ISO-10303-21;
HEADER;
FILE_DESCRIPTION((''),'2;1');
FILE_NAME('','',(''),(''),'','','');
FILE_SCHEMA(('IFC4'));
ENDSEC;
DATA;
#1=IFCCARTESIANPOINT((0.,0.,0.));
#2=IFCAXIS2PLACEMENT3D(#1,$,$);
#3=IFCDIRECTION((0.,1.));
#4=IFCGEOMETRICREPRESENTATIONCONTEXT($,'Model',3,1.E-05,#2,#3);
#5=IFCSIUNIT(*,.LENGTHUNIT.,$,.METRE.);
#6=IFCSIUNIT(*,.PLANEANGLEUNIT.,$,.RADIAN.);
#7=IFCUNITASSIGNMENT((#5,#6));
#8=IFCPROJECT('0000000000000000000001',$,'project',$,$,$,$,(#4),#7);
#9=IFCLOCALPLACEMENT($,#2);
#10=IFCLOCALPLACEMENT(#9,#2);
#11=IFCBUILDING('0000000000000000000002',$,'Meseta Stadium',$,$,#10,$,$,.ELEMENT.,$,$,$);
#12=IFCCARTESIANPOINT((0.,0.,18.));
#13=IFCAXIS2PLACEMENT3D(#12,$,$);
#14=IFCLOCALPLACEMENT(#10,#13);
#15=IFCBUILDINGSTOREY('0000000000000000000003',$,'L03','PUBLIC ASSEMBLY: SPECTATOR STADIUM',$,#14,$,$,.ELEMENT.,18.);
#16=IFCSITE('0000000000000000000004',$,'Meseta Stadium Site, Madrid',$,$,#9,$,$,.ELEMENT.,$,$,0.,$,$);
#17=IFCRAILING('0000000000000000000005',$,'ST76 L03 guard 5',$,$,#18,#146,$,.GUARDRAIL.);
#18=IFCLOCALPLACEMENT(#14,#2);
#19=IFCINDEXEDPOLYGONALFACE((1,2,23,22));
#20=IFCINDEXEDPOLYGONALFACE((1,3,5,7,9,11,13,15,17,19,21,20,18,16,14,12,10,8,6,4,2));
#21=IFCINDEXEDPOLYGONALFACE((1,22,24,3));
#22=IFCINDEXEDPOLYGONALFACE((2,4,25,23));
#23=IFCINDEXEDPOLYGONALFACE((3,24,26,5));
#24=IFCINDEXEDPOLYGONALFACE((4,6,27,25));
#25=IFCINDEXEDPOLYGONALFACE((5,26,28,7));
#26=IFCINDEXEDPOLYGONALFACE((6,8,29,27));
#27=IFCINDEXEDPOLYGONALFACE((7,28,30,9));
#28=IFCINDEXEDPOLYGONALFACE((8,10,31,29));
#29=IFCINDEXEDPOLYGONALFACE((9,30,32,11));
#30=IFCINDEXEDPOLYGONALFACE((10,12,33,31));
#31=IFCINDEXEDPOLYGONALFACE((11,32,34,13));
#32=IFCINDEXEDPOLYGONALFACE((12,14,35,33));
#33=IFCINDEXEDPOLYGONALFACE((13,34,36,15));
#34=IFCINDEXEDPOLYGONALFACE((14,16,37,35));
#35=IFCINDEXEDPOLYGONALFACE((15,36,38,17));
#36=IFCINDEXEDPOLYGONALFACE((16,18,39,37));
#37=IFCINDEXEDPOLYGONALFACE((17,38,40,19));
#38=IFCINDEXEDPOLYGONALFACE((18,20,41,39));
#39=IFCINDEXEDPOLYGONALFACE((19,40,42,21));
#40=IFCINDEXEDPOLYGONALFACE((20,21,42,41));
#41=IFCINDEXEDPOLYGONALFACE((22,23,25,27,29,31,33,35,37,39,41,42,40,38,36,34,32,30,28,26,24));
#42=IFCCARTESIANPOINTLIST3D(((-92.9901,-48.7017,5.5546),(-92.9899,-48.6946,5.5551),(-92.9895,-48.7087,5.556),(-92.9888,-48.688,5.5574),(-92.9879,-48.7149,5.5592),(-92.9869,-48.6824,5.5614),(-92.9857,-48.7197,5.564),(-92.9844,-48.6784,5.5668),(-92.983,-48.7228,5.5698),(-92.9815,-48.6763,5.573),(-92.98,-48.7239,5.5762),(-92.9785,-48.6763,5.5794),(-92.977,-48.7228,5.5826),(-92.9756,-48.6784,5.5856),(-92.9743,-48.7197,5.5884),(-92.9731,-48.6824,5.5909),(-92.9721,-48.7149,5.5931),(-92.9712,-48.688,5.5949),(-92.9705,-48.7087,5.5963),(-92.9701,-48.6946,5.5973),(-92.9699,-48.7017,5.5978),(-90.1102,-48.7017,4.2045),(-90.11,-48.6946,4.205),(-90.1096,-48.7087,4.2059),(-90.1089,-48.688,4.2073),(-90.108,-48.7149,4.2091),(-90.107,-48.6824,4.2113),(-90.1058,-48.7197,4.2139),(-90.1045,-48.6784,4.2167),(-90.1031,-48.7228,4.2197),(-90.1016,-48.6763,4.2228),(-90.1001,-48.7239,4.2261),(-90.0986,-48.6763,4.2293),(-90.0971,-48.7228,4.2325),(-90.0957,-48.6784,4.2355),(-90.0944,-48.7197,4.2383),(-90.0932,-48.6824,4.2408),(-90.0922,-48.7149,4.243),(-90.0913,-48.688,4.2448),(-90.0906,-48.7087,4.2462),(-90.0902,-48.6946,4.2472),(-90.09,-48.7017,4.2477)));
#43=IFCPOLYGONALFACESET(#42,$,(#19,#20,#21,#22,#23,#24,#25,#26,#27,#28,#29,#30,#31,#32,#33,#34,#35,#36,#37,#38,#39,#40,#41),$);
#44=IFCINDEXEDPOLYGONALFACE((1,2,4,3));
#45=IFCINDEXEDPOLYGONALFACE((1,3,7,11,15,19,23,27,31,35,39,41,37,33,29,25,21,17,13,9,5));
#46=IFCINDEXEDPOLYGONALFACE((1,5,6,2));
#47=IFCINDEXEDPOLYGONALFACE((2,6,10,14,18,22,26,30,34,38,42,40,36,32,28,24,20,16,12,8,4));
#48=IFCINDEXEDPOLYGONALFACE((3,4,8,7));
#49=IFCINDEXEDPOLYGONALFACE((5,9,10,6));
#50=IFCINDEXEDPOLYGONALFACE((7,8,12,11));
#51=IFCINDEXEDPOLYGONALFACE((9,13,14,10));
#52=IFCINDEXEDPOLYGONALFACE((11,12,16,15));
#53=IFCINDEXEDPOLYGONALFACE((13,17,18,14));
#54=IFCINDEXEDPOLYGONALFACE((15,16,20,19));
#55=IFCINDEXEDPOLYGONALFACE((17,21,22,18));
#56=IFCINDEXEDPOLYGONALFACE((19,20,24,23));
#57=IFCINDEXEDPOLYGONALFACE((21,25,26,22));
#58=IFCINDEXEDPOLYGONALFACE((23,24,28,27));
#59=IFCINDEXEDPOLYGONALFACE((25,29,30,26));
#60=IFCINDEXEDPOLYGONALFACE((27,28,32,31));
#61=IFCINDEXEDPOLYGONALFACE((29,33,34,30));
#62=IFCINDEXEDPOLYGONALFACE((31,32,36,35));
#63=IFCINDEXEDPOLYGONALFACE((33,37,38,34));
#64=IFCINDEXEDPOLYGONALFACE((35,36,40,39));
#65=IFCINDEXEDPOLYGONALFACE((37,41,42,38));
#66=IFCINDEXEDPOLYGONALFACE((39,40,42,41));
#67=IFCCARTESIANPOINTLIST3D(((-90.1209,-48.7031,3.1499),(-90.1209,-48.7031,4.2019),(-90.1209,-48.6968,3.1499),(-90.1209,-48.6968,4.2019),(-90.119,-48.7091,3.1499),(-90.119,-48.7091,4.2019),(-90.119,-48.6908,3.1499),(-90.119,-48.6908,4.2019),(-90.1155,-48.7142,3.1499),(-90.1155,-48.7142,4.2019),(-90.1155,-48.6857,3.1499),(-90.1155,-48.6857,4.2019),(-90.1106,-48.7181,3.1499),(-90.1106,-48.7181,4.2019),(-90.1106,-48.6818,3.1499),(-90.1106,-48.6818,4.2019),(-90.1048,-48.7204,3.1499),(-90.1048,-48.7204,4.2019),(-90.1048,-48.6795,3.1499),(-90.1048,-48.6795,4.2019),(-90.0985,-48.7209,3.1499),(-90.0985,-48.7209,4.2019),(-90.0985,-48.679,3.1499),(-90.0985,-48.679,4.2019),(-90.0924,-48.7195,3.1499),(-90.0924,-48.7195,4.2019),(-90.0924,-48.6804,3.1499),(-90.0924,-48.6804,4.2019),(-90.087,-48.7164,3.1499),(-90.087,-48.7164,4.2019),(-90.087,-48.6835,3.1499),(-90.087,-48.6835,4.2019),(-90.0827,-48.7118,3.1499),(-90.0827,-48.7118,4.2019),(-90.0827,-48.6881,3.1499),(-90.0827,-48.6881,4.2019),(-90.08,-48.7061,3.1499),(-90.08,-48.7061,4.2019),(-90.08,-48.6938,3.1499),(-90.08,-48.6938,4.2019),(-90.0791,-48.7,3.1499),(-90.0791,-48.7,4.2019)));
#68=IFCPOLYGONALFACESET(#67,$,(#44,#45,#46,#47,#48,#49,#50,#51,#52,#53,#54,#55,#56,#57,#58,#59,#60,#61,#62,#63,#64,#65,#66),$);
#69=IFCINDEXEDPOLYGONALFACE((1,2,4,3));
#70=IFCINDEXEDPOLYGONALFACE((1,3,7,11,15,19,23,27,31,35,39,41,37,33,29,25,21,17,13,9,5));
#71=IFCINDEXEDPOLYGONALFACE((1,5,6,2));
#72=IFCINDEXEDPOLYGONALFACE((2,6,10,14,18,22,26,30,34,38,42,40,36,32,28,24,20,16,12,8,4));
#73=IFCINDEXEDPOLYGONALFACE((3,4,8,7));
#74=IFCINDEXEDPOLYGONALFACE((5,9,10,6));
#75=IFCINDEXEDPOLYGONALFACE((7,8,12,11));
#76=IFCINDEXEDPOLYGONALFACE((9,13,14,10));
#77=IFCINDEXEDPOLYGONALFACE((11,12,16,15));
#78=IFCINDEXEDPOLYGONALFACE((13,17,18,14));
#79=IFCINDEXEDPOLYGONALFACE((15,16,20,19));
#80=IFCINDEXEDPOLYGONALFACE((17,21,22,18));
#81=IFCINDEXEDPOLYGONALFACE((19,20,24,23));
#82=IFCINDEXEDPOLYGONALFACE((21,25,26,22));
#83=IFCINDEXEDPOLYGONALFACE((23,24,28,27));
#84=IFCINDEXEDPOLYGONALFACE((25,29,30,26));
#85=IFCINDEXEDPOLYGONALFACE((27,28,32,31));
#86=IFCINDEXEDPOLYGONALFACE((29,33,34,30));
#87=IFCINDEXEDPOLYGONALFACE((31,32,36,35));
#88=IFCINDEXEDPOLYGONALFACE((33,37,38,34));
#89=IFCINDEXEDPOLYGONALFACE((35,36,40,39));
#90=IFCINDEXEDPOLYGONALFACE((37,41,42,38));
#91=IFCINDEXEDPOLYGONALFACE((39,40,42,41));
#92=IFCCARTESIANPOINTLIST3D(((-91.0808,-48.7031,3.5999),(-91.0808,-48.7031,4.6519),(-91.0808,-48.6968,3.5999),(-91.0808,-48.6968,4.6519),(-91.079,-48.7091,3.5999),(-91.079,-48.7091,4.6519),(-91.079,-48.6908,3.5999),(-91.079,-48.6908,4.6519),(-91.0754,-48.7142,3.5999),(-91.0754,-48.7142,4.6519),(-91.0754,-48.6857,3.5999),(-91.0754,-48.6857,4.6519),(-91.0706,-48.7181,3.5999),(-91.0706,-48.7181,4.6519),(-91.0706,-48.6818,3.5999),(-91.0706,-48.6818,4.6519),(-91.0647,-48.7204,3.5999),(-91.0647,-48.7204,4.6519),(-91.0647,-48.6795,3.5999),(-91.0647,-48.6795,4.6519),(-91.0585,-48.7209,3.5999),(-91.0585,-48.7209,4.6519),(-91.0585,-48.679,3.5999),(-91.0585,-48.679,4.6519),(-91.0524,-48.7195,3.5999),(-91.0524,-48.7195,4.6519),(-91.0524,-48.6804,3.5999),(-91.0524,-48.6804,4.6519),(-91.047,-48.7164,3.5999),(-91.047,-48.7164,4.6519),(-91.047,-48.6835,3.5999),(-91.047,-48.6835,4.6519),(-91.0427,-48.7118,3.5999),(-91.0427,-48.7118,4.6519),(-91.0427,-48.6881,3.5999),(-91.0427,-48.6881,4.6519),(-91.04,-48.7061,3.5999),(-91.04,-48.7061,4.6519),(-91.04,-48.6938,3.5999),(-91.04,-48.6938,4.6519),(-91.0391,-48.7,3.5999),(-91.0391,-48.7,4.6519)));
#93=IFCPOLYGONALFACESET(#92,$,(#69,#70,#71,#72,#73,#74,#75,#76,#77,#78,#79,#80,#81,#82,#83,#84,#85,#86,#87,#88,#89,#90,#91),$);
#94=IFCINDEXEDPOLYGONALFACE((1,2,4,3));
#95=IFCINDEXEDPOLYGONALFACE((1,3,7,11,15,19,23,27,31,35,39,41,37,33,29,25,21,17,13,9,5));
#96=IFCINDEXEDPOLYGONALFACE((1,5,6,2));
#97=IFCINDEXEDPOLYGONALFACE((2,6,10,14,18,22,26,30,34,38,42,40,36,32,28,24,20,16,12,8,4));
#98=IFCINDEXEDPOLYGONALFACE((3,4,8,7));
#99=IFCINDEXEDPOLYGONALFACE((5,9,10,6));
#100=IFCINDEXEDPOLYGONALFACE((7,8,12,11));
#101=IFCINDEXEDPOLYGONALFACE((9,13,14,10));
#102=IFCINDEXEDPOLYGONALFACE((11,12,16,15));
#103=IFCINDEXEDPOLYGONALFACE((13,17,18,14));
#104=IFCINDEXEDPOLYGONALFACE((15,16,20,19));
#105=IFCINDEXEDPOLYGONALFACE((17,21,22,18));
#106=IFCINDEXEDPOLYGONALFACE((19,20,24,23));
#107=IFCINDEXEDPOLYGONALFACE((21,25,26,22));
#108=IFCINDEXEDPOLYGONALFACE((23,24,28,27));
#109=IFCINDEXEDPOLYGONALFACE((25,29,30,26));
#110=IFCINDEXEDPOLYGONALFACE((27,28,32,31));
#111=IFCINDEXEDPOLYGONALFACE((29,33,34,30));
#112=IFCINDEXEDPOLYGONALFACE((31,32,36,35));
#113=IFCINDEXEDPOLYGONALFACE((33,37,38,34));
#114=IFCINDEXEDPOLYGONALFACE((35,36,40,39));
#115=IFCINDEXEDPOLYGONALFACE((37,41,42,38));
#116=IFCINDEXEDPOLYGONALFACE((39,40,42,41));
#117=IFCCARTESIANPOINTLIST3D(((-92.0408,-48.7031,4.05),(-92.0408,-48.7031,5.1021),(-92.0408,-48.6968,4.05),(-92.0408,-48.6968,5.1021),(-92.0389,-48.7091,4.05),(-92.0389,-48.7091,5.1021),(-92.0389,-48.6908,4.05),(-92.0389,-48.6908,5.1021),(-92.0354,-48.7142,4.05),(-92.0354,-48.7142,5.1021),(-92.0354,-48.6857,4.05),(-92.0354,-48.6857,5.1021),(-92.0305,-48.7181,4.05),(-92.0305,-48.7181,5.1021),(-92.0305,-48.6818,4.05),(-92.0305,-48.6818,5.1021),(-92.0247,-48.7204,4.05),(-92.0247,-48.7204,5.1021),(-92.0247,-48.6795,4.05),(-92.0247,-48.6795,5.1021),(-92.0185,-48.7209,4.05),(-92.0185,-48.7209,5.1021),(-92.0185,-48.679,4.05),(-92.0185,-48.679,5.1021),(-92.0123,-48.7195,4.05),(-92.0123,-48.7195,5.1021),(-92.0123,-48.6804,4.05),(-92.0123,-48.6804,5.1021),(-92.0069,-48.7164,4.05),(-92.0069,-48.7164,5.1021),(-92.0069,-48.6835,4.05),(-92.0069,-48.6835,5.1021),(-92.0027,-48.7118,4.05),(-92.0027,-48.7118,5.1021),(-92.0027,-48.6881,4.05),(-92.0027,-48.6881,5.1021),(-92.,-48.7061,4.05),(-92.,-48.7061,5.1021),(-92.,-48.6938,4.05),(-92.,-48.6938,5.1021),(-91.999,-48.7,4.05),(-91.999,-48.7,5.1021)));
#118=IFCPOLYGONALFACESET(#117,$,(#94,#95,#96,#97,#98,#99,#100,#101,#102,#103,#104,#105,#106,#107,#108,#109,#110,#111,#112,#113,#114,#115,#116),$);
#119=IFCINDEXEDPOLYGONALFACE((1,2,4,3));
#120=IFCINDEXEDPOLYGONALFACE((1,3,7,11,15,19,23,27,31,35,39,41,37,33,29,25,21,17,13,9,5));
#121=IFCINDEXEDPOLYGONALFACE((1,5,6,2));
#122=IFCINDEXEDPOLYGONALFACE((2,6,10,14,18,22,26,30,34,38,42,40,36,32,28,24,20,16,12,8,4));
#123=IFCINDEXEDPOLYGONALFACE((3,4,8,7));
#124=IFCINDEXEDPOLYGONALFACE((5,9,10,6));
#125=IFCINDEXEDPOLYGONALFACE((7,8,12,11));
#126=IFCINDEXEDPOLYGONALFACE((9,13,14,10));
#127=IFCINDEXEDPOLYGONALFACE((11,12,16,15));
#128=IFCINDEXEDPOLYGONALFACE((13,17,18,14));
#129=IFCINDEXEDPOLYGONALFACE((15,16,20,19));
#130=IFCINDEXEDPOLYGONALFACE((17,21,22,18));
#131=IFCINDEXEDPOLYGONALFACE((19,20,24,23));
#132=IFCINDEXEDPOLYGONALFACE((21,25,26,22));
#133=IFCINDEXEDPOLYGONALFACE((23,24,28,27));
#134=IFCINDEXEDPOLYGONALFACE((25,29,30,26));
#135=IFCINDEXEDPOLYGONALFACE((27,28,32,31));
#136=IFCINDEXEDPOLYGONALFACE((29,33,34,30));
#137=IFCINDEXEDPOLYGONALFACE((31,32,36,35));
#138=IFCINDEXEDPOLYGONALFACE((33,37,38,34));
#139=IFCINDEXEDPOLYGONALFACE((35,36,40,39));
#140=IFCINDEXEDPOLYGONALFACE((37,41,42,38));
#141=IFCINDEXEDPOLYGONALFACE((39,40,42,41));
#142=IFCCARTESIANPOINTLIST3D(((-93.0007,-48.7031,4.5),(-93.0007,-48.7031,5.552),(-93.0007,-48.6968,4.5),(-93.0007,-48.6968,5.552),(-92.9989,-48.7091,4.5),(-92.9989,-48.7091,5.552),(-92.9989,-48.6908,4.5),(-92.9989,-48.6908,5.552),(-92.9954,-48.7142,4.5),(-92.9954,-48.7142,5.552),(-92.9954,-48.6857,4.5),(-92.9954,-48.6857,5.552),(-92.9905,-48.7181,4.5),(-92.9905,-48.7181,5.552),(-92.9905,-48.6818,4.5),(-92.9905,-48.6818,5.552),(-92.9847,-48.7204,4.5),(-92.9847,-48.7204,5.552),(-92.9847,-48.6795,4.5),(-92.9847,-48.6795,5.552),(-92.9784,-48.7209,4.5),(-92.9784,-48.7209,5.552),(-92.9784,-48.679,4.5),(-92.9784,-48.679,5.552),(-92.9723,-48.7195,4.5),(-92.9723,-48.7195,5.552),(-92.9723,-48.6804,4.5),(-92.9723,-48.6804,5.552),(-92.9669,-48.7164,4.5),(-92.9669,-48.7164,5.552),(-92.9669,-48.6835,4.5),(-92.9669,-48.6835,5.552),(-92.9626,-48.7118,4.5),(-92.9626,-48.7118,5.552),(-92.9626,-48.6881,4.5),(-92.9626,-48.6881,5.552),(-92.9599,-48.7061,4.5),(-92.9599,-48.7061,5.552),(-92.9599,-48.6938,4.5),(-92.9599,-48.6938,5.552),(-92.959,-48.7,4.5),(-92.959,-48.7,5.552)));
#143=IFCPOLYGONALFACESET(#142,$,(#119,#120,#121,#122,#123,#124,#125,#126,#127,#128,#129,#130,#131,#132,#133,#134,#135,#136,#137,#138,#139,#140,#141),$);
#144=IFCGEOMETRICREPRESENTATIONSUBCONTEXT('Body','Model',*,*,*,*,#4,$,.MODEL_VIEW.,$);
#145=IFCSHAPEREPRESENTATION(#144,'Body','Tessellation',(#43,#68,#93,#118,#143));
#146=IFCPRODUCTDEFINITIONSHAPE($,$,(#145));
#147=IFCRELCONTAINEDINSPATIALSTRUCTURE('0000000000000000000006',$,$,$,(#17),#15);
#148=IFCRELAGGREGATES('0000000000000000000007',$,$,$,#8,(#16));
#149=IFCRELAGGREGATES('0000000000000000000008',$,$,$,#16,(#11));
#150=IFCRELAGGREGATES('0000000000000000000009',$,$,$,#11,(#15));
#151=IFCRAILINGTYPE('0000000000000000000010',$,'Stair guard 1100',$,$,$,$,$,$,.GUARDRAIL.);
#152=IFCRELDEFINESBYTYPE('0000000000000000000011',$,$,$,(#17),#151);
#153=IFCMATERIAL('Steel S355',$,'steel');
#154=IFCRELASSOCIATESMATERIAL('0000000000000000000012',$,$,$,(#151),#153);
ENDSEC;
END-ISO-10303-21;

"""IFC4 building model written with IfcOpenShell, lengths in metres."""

from ifc_helpers import new_model, si_unit, direction, frame, origin, origin_2d, place, context, subcontext, project, spatial, circle, extrude, material, type_object, element, save


model = new_model("IFC4")

# Units and contexts
model_context = context("Model", 3, precision=1e-05, world=origin(), true_north=direction((0.0, 1.0)))
body_context = subcontext(model_context, "Body", "Model", "MODEL_VIEW")
ifc_project = project(units=[si_unit("LENGTHUNIT", "METRE"), si_unit("PLANEANGLEUNIT", "RADIAN")], contexts=[model_context])

# Site, building, storey
site_placement = place(None, origin())
site = spatial("IfcSite", under=ifc_project, at=site_placement, Name="Meseta Stadium Site, Madrid", CompositionType="ELEMENT", RefElevation=0.0)
building_placement = place(site_placement, origin())
building = spatial("IfcBuilding", under=site, at=building_placement, Name="Meseta Stadium", CompositionType="ELEMENT")
storey_placement = place(building_placement, frame((0.0, 0.0, 18.0)))
storey = spatial("IfcBuildingStorey", under=building, at=storey_placement, Name="L03", Description="PUBLIC ASSEMBLY: SPECTATOR STADIUM", CompositionType="ELEMENT", Elevation=18.0)

# Railing
ifc_material_1 = material(Name="Steel S355", Category="steel")
railing_type_1 = type_object("IfcRailingType", Name="Stair guard 1100", PredefinedType="GUARDRAIL", material=ifc_material_1)
railing_1_placement = place(storey_placement, frame((-90.1001, -48.7, 3.1499)))
element("IfcRailing", 1, at=railing_1_placement, inside=storey, type_object=railing_type_1, Name="ST76 L03 guard 5", PredefinedType="GUARDRAIL", context=body_context, shape_type="SweptSolid", body=[
    extrude(circle(Radius=0.0239, at=origin_2d()), frame((0.0, 0.0, 1.0762), z_axis=(-0.90544, 0.0, 0.424473), x_axis=(0.0, -1.0, 0.0)), (0.0, 0.0, 1.0), 3.1807),
    extrude(circle(Radius=0.021, at=origin_2d()), origin(), (0.0, 0.0, 1.0), 1.052),
    extrude(circle(Radius=0.021, at=origin_2d()), frame((-0.96, 0.0, 0.45)), (0.0, 0.0, 1.0), 1.052),
    extrude(circle(Radius=0.021, at=origin_2d()), frame((-1.9199, 0.0, 0.9001)), (0.0, 0.0, 1.0), 1.052),
    extrude(circle(Radius=0.021, at=origin_2d()), frame((-2.8799, 0.0, 1.3501)), (0.0, 0.0, 1.0), 1.052),
])

save(model, "model.ifc")
